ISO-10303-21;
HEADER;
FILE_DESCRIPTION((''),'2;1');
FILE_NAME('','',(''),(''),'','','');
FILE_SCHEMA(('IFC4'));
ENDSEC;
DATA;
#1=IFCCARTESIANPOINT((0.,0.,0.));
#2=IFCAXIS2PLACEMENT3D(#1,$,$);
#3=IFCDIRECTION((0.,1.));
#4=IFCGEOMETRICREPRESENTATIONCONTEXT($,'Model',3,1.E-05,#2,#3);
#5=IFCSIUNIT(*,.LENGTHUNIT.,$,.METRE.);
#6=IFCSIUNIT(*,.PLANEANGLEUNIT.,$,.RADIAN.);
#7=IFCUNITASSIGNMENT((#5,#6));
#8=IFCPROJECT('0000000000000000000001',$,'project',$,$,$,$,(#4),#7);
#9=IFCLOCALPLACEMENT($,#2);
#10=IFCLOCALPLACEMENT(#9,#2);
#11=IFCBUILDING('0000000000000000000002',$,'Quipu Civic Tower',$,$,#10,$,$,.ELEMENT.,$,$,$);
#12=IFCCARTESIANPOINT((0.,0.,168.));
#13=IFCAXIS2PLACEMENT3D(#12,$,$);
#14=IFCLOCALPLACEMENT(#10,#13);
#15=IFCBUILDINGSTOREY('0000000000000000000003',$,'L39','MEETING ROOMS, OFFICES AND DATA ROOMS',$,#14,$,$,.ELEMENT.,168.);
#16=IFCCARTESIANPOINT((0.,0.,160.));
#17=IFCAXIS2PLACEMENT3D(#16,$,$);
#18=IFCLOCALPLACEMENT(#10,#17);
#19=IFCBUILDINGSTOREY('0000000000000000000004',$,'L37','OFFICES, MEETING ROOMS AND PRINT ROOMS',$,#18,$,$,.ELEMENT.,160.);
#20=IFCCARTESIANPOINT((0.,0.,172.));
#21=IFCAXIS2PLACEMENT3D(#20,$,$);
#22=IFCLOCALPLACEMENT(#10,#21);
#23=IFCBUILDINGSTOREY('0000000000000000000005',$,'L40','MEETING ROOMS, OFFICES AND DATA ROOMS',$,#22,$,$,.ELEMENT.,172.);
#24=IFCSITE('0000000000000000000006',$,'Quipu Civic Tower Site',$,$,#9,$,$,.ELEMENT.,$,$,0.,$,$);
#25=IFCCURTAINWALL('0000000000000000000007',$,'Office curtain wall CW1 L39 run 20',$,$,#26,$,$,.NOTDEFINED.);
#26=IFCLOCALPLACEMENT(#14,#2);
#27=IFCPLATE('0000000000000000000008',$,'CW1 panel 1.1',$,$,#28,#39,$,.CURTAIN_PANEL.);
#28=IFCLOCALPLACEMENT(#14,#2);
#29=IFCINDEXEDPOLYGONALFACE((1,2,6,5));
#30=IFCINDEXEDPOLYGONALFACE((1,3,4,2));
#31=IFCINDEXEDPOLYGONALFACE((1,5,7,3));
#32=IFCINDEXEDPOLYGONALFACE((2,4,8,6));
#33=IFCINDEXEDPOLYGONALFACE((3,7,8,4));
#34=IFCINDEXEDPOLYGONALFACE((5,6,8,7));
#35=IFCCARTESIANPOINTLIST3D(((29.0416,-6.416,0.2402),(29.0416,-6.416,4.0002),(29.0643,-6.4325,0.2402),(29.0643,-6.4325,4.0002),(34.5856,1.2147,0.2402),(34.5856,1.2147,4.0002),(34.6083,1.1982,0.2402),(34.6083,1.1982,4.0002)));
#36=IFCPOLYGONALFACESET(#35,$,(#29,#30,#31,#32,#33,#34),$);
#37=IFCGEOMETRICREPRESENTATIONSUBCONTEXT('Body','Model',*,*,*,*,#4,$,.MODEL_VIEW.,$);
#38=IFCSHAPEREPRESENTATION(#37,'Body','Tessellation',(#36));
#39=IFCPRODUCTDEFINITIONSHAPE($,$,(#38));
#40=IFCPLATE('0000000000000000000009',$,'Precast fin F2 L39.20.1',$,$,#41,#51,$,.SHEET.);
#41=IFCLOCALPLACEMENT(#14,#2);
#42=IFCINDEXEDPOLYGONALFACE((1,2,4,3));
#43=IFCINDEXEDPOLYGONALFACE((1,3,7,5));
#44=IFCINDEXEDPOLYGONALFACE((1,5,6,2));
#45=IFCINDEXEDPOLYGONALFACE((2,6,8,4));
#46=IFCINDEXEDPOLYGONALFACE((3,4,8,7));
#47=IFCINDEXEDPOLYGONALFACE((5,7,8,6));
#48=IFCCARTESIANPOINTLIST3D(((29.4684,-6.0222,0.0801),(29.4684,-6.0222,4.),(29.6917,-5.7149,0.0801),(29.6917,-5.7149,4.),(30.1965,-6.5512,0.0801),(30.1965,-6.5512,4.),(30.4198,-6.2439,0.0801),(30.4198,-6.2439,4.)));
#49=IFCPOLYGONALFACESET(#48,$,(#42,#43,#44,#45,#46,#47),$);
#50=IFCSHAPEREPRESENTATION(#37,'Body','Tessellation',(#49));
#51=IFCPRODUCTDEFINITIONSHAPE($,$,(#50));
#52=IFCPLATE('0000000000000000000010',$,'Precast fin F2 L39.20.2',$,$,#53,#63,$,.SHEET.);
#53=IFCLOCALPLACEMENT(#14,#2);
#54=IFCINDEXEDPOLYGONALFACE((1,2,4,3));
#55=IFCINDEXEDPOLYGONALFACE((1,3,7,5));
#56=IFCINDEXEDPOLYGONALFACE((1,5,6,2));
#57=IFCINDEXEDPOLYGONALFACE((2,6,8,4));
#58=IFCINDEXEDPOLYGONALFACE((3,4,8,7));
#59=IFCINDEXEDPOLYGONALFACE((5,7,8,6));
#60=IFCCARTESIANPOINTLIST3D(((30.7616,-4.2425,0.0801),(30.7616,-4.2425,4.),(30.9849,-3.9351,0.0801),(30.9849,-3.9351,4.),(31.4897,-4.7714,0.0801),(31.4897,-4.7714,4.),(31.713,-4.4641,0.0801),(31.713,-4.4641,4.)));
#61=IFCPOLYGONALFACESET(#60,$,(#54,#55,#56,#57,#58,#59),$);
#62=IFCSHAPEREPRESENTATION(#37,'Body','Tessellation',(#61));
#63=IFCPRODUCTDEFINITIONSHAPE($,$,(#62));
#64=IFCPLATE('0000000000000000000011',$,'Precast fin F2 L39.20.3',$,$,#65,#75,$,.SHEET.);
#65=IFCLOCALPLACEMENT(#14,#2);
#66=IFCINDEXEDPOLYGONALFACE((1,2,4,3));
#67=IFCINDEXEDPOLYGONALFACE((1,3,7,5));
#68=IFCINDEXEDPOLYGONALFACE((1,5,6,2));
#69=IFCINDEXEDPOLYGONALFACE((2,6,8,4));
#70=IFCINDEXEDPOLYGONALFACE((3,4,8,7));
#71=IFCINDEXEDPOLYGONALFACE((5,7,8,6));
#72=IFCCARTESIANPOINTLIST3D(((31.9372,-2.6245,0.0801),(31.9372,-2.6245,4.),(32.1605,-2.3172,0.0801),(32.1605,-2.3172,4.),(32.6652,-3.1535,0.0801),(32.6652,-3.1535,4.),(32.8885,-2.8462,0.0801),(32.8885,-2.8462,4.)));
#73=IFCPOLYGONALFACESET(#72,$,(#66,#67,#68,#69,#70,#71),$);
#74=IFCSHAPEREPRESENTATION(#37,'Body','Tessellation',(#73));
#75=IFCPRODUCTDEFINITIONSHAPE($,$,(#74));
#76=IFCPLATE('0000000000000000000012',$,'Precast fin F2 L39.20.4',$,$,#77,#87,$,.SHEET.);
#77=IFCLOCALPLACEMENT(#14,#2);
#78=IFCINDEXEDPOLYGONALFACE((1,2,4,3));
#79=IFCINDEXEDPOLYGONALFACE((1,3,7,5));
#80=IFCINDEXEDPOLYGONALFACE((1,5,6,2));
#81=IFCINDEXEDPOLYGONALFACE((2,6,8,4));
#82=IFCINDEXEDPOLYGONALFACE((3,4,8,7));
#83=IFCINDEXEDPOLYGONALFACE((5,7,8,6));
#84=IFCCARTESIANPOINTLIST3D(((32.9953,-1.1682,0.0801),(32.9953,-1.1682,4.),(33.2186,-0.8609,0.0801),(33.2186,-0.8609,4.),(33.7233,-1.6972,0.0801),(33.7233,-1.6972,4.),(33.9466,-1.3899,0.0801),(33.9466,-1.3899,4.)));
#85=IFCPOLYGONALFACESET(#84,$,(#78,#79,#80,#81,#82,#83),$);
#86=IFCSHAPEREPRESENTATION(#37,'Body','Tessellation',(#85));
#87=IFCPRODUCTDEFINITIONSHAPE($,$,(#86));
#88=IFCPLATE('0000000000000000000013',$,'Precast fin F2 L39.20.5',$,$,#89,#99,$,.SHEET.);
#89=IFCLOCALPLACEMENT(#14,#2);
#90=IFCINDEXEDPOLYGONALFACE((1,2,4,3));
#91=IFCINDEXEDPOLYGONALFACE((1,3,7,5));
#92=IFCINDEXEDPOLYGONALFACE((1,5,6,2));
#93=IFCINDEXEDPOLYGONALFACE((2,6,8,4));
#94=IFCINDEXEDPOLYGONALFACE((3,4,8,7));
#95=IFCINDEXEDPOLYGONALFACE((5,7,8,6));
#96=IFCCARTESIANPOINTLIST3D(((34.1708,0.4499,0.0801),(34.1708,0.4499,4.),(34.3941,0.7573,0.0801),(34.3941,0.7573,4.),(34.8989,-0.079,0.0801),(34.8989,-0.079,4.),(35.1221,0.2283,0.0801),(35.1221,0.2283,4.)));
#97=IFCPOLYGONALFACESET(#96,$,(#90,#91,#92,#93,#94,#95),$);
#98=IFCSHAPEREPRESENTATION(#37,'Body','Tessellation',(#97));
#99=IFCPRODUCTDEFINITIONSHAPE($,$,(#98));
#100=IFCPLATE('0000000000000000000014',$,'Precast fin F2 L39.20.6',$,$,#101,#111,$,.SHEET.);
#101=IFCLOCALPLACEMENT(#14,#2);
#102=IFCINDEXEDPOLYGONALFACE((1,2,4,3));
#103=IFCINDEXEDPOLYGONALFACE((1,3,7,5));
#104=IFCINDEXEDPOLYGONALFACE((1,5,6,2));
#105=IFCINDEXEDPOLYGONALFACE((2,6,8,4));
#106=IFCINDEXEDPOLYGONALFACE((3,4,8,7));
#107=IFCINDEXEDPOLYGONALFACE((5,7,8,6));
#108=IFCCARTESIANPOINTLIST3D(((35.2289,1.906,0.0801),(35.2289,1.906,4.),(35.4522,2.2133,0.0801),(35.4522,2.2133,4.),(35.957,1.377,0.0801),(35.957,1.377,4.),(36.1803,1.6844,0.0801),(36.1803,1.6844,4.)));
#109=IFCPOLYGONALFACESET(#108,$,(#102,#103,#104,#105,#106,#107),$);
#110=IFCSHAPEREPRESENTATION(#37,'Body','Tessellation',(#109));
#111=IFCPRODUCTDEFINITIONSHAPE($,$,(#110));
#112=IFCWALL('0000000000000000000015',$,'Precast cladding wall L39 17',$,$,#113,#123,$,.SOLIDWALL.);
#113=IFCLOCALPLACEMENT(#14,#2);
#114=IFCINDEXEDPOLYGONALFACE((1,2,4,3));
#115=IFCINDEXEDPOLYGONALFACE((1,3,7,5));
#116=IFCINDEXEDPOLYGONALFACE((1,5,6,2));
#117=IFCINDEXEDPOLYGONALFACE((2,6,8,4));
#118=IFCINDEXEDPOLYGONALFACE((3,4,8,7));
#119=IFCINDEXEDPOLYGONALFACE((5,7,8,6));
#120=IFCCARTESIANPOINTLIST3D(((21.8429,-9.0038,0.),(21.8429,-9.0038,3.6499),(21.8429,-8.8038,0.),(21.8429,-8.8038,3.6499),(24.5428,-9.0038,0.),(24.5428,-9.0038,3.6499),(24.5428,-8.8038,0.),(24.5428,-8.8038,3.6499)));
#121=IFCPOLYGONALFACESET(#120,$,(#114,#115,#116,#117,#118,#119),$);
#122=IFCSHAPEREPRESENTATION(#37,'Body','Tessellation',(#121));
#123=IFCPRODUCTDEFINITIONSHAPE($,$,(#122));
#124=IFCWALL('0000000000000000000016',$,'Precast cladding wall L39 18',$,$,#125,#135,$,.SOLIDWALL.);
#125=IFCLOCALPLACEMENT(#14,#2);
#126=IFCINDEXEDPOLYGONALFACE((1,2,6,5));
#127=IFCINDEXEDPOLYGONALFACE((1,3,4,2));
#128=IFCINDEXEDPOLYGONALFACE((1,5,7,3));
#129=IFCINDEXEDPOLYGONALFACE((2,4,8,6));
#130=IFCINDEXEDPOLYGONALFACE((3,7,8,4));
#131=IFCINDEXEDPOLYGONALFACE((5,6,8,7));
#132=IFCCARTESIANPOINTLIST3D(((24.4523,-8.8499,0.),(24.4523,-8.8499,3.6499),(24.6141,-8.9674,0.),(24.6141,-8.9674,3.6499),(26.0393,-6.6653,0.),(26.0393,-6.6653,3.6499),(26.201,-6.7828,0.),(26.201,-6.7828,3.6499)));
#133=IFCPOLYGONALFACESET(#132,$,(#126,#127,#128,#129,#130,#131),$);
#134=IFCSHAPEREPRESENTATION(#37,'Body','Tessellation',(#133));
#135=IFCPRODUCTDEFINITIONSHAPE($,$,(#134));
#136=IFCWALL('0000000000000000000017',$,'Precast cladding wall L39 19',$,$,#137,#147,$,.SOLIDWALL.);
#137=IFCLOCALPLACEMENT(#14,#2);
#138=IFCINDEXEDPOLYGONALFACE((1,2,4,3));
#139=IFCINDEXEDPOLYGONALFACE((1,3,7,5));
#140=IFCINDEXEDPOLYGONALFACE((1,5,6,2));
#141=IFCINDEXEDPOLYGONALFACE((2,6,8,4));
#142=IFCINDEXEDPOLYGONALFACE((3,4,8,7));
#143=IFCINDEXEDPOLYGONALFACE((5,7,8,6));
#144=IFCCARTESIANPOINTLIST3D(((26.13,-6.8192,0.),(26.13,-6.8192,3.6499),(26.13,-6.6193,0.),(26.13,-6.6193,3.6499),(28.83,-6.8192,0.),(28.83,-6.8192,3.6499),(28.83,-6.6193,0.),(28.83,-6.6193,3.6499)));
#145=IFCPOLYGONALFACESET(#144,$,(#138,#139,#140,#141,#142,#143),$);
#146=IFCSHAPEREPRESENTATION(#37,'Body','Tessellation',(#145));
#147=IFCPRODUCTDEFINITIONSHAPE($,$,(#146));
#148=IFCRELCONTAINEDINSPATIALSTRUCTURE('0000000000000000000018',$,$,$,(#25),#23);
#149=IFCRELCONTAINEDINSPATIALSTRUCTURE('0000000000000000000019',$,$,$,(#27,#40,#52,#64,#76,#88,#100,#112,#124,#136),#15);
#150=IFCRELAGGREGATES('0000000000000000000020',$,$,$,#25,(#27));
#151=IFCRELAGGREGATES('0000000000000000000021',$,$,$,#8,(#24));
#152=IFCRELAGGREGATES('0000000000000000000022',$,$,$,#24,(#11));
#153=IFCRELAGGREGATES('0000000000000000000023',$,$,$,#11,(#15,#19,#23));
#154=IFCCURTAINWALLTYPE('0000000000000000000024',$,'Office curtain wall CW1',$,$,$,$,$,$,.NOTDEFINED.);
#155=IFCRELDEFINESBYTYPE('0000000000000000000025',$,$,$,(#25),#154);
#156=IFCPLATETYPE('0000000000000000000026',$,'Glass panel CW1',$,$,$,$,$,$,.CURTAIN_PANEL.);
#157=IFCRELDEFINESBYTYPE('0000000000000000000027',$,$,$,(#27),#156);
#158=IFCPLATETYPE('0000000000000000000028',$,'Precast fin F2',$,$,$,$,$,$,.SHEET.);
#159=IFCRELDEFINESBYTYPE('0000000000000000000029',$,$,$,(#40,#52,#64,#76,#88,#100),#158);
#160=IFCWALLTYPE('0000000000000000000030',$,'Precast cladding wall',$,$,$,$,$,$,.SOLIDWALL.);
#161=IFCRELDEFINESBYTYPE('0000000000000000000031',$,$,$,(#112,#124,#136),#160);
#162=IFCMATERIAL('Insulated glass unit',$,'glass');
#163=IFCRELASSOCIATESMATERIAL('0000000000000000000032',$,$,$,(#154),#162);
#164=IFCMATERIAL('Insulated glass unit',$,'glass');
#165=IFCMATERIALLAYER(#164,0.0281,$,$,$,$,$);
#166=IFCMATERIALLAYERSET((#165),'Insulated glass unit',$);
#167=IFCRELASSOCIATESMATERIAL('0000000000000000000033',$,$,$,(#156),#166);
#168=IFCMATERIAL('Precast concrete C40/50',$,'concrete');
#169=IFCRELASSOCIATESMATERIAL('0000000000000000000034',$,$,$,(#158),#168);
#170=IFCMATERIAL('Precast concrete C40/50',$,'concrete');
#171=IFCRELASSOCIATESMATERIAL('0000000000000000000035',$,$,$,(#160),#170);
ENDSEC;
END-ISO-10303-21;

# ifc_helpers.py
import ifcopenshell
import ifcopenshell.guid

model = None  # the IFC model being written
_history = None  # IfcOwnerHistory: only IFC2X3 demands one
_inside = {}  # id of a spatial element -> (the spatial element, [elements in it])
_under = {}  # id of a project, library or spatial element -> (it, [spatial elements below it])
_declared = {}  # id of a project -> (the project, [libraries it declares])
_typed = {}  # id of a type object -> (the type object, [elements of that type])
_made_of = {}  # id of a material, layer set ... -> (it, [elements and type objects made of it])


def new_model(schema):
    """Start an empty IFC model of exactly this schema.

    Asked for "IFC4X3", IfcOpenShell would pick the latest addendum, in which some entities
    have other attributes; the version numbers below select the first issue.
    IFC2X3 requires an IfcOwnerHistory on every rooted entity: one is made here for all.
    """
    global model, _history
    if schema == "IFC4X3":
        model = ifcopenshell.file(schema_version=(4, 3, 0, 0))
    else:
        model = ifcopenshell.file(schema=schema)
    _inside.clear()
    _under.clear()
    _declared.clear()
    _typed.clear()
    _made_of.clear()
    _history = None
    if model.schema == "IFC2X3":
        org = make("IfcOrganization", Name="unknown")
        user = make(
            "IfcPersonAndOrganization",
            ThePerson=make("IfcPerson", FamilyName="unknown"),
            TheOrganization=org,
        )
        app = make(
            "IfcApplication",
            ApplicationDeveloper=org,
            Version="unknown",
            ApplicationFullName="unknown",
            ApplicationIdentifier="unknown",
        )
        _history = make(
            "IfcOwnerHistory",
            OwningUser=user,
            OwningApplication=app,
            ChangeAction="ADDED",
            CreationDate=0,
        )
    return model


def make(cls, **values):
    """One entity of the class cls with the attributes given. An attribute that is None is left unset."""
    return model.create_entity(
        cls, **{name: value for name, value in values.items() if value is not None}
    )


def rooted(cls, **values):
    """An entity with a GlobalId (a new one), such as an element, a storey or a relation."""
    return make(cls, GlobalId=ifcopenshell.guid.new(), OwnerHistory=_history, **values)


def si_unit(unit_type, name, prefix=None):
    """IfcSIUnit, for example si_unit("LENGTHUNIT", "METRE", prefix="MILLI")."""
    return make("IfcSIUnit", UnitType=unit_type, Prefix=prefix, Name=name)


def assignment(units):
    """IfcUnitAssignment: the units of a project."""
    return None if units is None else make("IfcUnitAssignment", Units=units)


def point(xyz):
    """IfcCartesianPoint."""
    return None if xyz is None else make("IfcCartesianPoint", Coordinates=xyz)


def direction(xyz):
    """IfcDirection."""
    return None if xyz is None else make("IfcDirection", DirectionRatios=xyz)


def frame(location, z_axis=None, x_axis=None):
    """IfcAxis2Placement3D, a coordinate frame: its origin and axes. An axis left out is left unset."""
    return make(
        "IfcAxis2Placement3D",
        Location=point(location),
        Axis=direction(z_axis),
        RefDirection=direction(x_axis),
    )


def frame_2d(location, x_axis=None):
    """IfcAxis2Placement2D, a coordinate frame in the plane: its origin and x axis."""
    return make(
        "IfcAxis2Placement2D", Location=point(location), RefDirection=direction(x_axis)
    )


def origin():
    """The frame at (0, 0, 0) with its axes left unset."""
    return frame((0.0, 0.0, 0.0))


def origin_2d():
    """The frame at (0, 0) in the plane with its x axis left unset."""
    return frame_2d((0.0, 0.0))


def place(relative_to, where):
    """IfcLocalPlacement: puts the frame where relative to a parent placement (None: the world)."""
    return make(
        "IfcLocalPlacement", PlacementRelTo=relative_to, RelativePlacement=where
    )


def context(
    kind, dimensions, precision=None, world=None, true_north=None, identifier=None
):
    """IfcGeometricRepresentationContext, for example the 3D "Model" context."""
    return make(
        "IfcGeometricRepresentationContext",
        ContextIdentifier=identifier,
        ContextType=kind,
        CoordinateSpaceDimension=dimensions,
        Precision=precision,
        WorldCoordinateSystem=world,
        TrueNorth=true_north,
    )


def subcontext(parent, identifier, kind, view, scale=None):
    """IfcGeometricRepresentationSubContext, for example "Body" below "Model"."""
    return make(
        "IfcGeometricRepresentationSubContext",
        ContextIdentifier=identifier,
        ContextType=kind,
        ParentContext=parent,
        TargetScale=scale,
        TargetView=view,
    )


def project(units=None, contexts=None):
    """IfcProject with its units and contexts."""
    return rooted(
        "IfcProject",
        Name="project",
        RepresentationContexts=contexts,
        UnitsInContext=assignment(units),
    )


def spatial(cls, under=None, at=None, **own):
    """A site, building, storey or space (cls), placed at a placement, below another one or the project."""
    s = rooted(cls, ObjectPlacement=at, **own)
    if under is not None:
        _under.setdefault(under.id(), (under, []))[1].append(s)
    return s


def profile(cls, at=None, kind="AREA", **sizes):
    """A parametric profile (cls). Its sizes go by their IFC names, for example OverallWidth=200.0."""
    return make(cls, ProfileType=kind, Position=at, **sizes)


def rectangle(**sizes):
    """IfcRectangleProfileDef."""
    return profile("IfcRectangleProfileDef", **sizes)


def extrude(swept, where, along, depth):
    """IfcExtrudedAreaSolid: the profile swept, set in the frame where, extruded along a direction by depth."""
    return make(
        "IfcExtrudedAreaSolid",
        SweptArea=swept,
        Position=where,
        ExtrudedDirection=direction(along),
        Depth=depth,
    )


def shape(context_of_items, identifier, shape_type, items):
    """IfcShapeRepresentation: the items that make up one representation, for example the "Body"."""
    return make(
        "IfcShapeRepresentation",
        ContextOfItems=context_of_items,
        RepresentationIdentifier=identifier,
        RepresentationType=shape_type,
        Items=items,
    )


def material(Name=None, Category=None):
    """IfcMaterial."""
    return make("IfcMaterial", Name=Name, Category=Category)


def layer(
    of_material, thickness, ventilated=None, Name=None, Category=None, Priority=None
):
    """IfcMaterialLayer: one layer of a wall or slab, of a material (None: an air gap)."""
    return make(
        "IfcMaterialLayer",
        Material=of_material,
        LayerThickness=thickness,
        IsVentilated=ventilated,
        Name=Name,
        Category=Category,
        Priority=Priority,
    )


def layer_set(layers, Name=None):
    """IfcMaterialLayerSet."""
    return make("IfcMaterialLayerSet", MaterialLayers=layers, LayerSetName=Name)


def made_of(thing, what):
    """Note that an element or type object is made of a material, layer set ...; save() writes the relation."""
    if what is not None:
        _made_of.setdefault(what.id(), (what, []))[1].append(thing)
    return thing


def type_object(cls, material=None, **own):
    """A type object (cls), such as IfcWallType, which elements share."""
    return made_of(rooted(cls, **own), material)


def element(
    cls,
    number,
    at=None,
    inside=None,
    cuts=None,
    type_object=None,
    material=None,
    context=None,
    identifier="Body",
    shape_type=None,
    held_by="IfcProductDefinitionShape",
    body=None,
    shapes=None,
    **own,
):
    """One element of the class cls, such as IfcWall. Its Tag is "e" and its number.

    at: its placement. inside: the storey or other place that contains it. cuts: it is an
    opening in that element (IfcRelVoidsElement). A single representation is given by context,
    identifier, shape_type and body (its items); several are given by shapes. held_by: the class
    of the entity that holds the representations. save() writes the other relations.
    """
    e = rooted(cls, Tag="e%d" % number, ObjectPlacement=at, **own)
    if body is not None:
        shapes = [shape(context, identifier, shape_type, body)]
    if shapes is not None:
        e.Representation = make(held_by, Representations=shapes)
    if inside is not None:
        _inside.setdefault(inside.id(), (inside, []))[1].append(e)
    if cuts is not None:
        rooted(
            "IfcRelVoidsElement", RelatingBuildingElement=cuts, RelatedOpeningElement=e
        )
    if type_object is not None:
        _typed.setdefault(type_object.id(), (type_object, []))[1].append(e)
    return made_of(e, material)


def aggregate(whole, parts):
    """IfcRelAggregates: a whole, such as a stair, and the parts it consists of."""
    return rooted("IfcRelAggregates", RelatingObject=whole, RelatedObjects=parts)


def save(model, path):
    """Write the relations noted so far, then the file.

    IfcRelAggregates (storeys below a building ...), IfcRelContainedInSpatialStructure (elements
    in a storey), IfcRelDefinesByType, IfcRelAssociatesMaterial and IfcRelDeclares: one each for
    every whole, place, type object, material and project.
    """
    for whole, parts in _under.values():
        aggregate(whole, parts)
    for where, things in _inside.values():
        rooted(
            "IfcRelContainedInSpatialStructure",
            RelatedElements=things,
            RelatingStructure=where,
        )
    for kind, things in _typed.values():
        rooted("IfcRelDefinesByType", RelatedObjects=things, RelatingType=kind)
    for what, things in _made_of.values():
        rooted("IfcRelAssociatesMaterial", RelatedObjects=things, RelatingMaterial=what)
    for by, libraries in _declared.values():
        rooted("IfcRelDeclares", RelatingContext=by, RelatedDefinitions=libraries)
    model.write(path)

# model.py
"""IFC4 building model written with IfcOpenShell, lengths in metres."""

from ifc_helpers import new_model, si_unit, direction, frame, frame_2d, origin, origin_2d, place, context, subcontext, project, spatial, rectangle, extrude, material, layer, layer_set, type_object, element, aggregate, save


model = new_model("IFC4")

# Units and contexts
model_context = context("Model", 3, precision=1e-05, world=origin(), true_north=direction((0.0, 1.0)))
body_context = subcontext(model_context, "Body", "Model", "MODEL_VIEW")
ifc_project = project(units=[si_unit("LENGTHUNIT", "METRE"), si_unit("PLANEANGLEUNIT", "RADIAN")], contexts=[model_context])

# Site, building, storey
site_placement = place(None, origin())
site = spatial("IfcSite", under=ifc_project, at=site_placement, Name="Quipu Civic Tower Site", CompositionType="ELEMENT", RefElevation=0.0)
building_placement = place(site_placement, origin())
building = spatial("IfcBuilding", under=site, at=building_placement, Name="Quipu Civic Tower", CompositionType="ELEMENT")
storey_1_placement = place(building_placement, frame((0.0, 0.0, 168.0)))
storey_1 = spatial("IfcBuildingStorey", under=building, at=storey_1_placement, Name="L39", Description="MEETING ROOMS, OFFICES AND DATA ROOMS", CompositionType="ELEMENT", Elevation=168.0)

# Shared definitions
storey_2_placement = place(building_placement, frame((0.0, 0.0, 160.0)))
storey_2 = spatial("IfcBuildingStorey", under=building, at=storey_2_placement, Name="L37", Description="OFFICES, MEETING ROOMS AND PRINT ROOMS", CompositionType="ELEMENT", Elevation=160.0)

# Shared definitions
ifc_material_1 = material(Name="Insulated glass unit", Category="glass")
curtain_wall_type = type_object("IfcCurtainWallType", Name="Office curtain wall CW1", PredefinedType="NOTDEFINED", material=ifc_material_1)

# Shared definitions
storey_3_placement = place(building_placement, frame((0.0, 0.0, 172.0)))
storey_3 = spatial("IfcBuildingStorey", under=building, at=storey_3_placement, Name="L40", Description="MEETING ROOMS, OFFICES AND DATA ROOMS", CompositionType="ELEMENT", Elevation=172.0)

# Curtain wall, plate
curtain_wall_1_placement = place(storey_3_placement, origin())
curtain_wall_1 = element("IfcCurtainWall", 1, at=curtain_wall_1_placement, inside=storey_3, type_object=curtain_wall_type, Name="Office curtain wall CW1 L39 run 20", PredefinedType="NOTDEFINED")
ifc_material_2 = material(Name="Insulated glass unit", Category="glass")
ifc_layer = layer(ifc_material_2, 0.0281)
ifc_layer_set = layer_set([ifc_layer], Name="Insulated glass unit")
plate_type_1 = type_object("IfcPlateType", Name="Glass panel CW1", PredefinedType="CURTAIN_PANEL", material=ifc_layer_set)
plate_placement = place(storey_1_placement, frame((31.825, -2.6089, 0.2402), z_axis=(0.0, 0.0, 1.0), x_axis=(0.587786, 0.809017, 0.0)))
plate = element("IfcPlate", 2, at=plate_placement, inside=storey_1, type_object=plate_type_1, Name="CW1 panel 1.1", PredefinedType="CURTAIN_PANEL", context=body_context, shape_type="SweptSolid", body=[
    extrude(rectangle(XDim=9.4321, YDim=0.0281, at=origin_2d()), origin(), (0.0, 0.0, 1.0), 3.76),
])
aggregate(curtain_wall_1, [plate])

# Plates
ifc_material_3 = material(Name="Precast concrete C40/50", Category="concrete")
plate_type_2 = type_object("IfcPlateType", Name="Precast fin F2", PredefinedType="SHEET", material=ifc_material_3)
for number, where, z_axis, x_axis, name in (
    (3, (29.9441, -6.1331, 0.0801), (0.0, 0.0, 1.0), (0.587786, 0.809017, 0.0), "Precast fin F2 L39.20.1"),
    (4, (31.2373, -4.3533, 0.0801), (0.0, 0.0, 1.0), (0.587786, 0.809017, 0.0), "Precast fin F2 L39.20.2"),
    (5, (32.4128, -2.7354, 0.0801), (0.0, 0.0, 1.0), (0.587786, 0.809017, 0.0), "Precast fin F2 L39.20.3"),
    (6, (33.4709, -1.2791, 0.0801), (0.0, 0.0, 1.0), (0.587786, 0.809017, 0.0), "Precast fin F2 L39.20.4"),
    (7, (34.6465, 0.3391, 0.0801), (0.0, 0.0, 1.0), (0.587786, 0.809017, 0.0), "Precast fin F2 L39.20.5"),
    (8, (35.7046, 1.7952, 0.0801), (0.0, 0.0, 1.0), (0.587786, 0.809017, 0.0), "Precast fin F2 L39.20.6"),
):
    element("IfcPlate", number, at=place(storey_1_placement, frame(where, z_axis=z_axis, x_axis=x_axis)), inside=storey_1, type_object=plate_type_2, Name=name, PredefinedType="SHEET", context=body_context, shape_type="SweptSolid", body=[
        extrude(rectangle(XDim=0.3799, YDim=0.8999, at=origin_2d()), origin(), (0.0, 0.0, 1.0), 3.9199),
    ])

# Walls
ifc_material_4 = material(Name="Precast concrete C40/50", Category="concrete")
wall_type = type_object("IfcWallType", Name="Precast cladding wall", PredefinedType="SOLIDWALL", material=ifc_material_4)
wall_1_placement = place(storey_1_placement, frame((21.8428, -8.9038, 0.0), z_axis=(0.0, 0.0, 1.0), x_axis=(1.0, 0.0, 0.0)))
element("IfcWall", 9, at=wall_1_placement, inside=storey_1, type_object=wall_type, Name="Precast cladding wall L39 17", PredefinedType="SOLIDWALL", context=body_context, shape_type="SweptSolid", body=[
    extrude(rectangle(XDim=2.7, YDim=0.2, at=frame_2d((1.3501, 0.0))), origin(), (0.0, 0.0, 1.0), 3.6499),
])
wall_2_placement = place(storey_1_placement, frame((24.5332, -8.9087, 0.0), z_axis=(0.0, 0.0, 1.0), x_axis=(0.58772, 0.809064, 0.0)))
element("IfcWall", 10, at=wall_2_placement, inside=storey_1, type_object=wall_type, Name="Precast cladding wall L39 18", PredefinedType="SOLIDWALL", context=body_context, shape_type="SweptSolid", body=[
    extrude(rectangle(XDim=2.7002, YDim=0.2, at=frame_2d((1.3501, 0.0))), origin(), (0.0, 0.0, 1.0), 3.6499),
])
wall_3_placement = place(storey_1_placement, frame((26.1299, -6.7192, 0.0), z_axis=(0.0, 0.0, 1.0), x_axis=(1.0, 0.0, 0.0)))
element("IfcWall", 11, at=wall_3_placement, inside=storey_1, type_object=wall_type, Name="Precast cladding wall L39 19", PredefinedType="SOLIDWALL", context=body_context, shape_type="SweptSolid", body=[
    extrude(rectangle(XDim=2.7, YDim=0.2, at=frame_2d((1.3501, 0.0))), origin(), (0.0, 0.0, 1.0), 3.6499),
])

save(model, "model.ifc")
